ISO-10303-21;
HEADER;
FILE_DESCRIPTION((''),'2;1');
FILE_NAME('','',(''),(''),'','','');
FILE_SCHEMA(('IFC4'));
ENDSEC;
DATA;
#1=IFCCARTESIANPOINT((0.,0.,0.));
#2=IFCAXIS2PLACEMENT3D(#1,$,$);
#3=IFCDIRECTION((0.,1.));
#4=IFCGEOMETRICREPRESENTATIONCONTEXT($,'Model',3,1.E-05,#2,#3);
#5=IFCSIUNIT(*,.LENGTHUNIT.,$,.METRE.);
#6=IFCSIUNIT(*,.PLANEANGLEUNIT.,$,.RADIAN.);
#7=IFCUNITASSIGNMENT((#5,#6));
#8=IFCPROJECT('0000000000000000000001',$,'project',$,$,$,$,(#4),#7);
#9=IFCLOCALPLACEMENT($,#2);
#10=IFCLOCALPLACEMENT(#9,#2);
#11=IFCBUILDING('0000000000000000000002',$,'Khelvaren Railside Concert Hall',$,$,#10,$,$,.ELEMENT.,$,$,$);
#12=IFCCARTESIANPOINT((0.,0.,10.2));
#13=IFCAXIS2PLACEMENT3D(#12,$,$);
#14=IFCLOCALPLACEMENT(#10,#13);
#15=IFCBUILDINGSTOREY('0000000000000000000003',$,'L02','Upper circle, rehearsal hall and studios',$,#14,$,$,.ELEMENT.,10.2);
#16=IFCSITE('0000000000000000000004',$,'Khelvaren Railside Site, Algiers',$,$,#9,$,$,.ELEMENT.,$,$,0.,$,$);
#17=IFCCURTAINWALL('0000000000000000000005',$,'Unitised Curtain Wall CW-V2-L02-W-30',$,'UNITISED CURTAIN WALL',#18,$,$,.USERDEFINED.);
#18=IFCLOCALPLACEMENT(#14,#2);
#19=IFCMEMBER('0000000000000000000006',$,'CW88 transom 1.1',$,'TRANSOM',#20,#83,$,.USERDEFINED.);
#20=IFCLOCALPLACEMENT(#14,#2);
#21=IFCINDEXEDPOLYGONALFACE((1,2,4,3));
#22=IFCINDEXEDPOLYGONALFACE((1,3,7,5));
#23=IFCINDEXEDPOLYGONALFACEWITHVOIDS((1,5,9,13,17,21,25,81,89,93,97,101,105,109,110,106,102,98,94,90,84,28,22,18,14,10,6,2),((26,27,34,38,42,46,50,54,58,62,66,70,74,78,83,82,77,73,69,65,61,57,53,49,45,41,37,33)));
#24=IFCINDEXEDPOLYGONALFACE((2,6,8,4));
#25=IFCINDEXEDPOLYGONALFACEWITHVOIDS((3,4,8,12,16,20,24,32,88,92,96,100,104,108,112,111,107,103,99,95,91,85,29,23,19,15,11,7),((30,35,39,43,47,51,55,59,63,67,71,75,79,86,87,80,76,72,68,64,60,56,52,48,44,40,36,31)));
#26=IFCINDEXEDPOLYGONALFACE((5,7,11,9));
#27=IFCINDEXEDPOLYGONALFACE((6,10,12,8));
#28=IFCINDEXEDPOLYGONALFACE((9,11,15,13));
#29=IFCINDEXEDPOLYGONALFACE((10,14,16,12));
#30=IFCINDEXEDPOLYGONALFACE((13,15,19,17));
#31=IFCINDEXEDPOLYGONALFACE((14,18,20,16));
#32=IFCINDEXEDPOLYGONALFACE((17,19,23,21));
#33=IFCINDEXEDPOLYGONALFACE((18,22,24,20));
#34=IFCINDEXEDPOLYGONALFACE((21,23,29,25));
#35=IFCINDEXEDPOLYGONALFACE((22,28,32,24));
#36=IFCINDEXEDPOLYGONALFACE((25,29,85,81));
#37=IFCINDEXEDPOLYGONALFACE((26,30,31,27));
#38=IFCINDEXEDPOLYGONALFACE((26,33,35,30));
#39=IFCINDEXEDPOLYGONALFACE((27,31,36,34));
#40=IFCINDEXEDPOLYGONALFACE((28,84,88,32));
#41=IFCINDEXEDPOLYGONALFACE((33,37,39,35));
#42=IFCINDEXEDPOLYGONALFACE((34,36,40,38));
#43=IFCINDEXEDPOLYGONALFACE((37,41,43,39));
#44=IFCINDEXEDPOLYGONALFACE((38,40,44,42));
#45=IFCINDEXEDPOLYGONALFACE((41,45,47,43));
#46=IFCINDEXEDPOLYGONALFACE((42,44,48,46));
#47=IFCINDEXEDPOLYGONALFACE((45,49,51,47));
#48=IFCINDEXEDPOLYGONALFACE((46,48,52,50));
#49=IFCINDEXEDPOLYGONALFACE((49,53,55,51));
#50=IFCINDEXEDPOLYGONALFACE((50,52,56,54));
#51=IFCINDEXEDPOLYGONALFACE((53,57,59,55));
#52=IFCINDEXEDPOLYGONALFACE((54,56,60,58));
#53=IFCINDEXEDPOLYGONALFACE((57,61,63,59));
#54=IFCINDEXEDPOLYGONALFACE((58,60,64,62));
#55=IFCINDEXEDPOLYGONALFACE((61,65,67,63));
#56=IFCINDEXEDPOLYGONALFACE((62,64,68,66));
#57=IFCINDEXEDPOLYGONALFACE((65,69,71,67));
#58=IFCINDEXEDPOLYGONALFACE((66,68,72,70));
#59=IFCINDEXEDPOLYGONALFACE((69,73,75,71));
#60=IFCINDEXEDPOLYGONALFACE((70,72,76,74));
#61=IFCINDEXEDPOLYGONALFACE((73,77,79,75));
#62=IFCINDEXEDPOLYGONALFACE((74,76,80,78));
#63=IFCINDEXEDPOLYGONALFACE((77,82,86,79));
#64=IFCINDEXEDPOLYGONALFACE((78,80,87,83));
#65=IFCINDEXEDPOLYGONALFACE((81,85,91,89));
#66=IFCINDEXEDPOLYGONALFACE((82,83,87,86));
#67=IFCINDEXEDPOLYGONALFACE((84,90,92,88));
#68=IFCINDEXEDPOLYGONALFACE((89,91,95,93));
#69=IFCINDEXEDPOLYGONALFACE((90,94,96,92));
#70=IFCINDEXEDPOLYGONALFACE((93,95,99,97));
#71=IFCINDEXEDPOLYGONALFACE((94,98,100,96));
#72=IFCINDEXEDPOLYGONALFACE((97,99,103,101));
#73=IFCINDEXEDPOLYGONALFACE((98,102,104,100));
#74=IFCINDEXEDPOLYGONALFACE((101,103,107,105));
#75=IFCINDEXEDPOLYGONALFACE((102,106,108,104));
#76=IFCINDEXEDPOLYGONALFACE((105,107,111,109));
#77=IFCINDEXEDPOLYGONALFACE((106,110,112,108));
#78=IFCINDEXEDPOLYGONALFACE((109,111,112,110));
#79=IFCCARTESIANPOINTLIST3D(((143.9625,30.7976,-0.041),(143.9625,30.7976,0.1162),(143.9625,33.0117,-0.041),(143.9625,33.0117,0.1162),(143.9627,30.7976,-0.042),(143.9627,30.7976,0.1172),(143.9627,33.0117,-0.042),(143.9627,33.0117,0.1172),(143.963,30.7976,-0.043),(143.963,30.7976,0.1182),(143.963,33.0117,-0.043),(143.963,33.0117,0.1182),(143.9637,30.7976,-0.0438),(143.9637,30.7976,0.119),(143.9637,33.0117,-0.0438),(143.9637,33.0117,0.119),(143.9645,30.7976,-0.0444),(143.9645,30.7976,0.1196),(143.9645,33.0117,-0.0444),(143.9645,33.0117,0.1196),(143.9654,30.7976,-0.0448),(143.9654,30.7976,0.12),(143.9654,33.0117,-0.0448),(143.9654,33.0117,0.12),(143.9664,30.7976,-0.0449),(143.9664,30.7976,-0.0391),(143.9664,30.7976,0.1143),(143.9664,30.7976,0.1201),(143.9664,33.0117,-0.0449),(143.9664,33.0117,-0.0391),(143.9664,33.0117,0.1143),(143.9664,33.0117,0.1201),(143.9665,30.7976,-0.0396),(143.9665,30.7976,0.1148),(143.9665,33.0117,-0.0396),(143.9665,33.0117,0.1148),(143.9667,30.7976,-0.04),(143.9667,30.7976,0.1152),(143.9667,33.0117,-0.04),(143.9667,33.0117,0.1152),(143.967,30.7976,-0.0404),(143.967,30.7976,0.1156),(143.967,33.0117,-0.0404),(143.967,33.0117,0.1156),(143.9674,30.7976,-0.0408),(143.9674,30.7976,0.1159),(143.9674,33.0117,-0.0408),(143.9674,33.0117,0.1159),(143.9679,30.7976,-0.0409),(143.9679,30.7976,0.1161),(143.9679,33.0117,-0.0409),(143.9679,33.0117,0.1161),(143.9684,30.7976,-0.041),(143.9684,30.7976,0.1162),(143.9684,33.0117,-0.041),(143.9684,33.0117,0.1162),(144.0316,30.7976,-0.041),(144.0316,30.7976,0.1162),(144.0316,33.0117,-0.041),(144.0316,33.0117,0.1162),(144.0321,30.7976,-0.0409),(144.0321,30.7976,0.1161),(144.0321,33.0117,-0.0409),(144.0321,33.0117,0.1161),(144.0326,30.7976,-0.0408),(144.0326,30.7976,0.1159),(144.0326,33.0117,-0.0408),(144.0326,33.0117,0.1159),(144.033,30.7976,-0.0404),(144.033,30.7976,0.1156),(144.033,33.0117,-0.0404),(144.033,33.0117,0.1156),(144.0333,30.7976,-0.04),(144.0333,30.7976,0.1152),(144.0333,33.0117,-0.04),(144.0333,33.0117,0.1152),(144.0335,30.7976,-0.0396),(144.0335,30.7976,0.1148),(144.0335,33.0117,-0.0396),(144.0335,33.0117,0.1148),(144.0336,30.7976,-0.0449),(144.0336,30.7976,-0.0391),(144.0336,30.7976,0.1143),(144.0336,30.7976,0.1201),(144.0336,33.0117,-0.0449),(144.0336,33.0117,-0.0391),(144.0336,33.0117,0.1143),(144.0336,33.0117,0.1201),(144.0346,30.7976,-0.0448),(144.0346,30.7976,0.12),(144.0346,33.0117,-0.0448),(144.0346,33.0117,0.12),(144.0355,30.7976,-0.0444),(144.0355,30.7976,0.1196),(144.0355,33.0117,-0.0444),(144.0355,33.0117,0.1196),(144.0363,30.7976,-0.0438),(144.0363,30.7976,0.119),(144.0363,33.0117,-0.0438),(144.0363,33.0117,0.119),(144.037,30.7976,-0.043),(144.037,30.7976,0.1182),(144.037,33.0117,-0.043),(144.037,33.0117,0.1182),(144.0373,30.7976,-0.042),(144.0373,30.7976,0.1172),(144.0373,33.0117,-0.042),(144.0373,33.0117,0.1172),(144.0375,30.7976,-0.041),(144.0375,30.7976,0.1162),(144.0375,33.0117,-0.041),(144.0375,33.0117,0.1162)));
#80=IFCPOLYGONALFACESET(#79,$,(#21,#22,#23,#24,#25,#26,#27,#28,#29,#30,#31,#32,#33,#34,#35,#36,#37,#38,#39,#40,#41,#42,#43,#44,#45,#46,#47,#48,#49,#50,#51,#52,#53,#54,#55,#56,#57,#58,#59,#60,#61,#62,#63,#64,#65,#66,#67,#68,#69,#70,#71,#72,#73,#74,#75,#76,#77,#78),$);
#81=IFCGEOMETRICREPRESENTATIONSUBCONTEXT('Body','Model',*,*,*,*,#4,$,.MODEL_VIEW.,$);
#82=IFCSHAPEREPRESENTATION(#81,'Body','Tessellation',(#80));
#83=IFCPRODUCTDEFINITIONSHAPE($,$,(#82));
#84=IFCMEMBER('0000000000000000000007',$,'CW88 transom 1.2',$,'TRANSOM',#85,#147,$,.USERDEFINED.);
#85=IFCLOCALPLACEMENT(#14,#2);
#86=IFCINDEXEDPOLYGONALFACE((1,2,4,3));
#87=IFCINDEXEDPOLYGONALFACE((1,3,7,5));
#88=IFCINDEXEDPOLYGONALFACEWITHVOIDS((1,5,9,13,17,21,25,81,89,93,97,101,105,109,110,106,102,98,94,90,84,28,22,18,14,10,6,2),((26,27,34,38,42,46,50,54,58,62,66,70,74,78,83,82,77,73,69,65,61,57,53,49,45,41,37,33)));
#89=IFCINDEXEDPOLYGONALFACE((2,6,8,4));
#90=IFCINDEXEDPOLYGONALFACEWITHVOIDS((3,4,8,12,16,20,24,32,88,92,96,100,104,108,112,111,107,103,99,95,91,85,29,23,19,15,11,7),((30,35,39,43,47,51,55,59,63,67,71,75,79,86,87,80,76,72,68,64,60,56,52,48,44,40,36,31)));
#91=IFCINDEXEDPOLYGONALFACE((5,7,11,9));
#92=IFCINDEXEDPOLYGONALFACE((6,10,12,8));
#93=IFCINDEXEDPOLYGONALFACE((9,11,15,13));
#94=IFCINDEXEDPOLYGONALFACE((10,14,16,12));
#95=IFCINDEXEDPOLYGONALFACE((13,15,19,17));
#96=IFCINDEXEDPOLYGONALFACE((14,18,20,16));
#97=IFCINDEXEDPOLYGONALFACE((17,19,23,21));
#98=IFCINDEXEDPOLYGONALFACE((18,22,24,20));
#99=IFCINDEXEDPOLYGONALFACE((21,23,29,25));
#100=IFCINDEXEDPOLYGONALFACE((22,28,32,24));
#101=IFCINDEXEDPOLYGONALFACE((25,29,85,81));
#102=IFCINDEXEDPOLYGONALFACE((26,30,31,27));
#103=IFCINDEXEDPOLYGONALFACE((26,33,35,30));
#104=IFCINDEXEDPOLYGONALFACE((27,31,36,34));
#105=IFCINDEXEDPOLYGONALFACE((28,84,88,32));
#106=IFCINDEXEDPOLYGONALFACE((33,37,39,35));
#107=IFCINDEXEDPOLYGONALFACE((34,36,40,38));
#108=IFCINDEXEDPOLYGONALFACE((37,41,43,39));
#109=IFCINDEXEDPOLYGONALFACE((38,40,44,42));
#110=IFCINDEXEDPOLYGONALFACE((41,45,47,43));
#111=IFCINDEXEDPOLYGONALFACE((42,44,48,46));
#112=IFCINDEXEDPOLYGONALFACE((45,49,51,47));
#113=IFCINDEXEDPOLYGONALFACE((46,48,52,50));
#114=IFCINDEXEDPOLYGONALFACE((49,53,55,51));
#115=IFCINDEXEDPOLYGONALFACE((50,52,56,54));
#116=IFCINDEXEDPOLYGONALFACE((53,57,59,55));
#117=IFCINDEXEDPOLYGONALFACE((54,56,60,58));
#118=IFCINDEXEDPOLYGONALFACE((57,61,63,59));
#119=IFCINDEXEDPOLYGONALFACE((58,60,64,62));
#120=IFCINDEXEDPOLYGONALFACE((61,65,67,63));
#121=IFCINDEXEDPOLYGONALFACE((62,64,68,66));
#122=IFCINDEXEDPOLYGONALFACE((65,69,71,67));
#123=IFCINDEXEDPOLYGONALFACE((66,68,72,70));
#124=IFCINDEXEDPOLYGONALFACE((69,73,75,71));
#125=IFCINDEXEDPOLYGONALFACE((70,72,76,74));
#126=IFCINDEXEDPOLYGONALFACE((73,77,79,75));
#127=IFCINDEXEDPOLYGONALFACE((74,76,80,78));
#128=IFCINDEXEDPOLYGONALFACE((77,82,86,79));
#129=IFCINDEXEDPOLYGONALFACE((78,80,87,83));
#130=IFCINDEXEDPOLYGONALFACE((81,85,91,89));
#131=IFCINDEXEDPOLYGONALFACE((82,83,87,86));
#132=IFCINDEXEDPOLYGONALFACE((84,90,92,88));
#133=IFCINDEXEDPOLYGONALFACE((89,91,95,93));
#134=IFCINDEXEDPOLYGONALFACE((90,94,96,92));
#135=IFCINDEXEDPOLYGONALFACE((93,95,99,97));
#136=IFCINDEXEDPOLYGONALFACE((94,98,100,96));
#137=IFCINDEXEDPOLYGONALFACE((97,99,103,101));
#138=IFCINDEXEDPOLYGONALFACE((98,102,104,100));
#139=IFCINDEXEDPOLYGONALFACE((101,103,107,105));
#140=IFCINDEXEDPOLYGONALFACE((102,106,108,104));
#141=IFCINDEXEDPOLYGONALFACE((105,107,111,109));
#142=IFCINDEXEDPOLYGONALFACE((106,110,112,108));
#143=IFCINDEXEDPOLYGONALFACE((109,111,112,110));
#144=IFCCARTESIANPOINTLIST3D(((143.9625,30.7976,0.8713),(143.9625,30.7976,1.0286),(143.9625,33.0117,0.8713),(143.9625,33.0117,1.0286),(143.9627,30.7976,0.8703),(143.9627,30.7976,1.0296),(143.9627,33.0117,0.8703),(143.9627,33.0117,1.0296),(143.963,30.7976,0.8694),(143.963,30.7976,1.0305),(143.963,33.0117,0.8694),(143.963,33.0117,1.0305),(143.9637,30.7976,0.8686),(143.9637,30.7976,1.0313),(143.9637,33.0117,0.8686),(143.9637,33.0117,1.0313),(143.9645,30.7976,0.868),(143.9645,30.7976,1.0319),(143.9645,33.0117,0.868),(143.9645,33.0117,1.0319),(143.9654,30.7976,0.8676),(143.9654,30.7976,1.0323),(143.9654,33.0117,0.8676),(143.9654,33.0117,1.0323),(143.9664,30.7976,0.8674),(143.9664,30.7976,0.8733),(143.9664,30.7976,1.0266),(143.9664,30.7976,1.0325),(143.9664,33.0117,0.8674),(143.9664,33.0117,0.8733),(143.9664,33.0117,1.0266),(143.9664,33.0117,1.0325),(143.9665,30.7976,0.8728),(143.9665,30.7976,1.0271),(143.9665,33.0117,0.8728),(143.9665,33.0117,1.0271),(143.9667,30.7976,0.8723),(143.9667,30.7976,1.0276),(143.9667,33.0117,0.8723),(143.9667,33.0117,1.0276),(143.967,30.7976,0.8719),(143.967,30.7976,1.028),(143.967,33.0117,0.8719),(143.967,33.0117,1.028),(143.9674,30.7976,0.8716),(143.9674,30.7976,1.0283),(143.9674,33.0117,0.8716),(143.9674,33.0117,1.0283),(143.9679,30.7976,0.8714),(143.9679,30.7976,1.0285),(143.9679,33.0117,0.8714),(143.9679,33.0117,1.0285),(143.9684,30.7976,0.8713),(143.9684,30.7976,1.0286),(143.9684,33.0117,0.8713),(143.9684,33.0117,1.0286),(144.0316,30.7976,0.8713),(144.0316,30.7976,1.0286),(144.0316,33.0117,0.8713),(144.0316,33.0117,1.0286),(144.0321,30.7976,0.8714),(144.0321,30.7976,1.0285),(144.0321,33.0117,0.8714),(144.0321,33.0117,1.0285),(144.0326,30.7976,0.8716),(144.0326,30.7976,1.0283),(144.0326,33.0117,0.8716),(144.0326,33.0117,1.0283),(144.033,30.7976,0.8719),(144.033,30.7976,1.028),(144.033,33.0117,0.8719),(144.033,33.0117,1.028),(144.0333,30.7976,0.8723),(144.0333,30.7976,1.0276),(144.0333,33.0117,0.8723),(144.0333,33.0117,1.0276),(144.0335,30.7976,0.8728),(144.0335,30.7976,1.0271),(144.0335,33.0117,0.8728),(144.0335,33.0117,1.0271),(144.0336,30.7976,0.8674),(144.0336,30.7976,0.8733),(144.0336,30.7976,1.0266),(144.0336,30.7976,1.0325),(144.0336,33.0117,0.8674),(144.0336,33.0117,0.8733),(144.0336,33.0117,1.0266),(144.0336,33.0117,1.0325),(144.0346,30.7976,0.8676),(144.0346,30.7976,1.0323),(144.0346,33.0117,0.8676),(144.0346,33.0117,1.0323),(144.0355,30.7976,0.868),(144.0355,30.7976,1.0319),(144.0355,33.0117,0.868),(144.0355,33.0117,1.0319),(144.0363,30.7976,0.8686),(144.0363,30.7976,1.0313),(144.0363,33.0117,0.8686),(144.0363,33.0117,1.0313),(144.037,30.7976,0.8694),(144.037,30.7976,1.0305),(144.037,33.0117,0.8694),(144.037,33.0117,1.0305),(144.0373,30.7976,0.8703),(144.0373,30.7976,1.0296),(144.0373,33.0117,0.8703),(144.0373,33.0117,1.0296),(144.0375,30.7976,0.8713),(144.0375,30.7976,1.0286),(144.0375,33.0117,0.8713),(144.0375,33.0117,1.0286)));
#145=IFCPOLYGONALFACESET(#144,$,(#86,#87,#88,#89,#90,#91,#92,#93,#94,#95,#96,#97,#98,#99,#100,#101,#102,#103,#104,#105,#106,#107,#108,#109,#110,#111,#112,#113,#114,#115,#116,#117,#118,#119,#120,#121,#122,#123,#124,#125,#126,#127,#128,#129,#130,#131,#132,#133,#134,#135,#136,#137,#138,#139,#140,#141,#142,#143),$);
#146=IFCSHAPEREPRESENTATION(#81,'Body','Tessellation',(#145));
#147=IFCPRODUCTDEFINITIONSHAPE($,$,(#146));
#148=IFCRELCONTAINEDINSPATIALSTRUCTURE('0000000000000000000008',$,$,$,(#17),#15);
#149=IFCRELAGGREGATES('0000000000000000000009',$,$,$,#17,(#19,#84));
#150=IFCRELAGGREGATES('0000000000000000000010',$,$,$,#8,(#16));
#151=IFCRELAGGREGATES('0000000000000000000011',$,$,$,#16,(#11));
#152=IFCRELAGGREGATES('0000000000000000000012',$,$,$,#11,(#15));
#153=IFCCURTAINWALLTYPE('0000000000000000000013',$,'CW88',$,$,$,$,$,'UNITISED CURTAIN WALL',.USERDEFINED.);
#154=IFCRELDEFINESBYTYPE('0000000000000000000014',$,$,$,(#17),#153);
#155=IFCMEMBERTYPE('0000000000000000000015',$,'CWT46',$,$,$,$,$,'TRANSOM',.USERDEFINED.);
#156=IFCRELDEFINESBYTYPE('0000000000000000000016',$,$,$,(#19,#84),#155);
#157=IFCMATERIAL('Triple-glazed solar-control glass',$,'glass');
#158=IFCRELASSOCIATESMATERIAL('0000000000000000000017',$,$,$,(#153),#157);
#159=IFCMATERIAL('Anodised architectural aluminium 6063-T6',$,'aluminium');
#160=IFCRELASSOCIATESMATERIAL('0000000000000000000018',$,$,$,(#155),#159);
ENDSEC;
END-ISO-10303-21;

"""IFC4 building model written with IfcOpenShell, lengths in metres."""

from ifc_helpers import new_model, si_unit, direction, frame, origin, origin_2d, place, context, subcontext, project, spatial, hollow_rectangle, extrude, material, material_profile, profile_set, type_object, element, aggregate, save


model = new_model("IFC4")

# Units and contexts
model_context = context("Model", 3, precision=1e-05, world=origin(), true_north=direction((0.0, 1.0)))
body_context = subcontext(model_context, "Body", "Model", "MODEL_VIEW")
ifc_project = project(units=[si_unit("LENGTHUNIT", "METRE"), si_unit("PLANEANGLEUNIT", "RADIAN")], contexts=[model_context])

# Site, building, storey
site_placement = place(None, origin())
site = spatial("IfcSite", under=ifc_project, at=site_placement, Name="Khelvaren Railside Site, Algiers", CompositionType="ELEMENT", RefElevation=0.0)
building_placement = place(site_placement, origin())
building = spatial("IfcBuilding", under=site, at=building_placement, Name="Khelvaren Railside Concert Hall", CompositionType="ELEMENT")
storey_placement = place(building_placement, frame((0.0, 0.0, 10.2)))
storey = spatial("IfcBuildingStorey", under=building, at=storey_placement, Name="L02", Description="Upper circle, rehearsal hall and studios", CompositionType="ELEMENT", Elevation=10.2)

# Curtain wall
ifc_material_1 = material(Name="Triple-glazed solar-control glass", Category="glass")
curtain_wall_type_1 = type_object("IfcCurtainWallType", Name="CW88", ElementType="UNITISED CURTAIN WALL", PredefinedType="USERDEFINED", material=ifc_material_1)
curtain_wall_1_placement = place(storey_placement, origin())
curtain_wall_1 = element("IfcCurtainWall", 1, at=curtain_wall_1_placement, inside=storey, type_object=curtain_wall_type_1, Name="Unitised Curtain Wall CW-V2-L02-W-30", ObjectType="UNITISED CURTAIN WALL", PredefinedType="USERDEFINED")
ifc_material_2 = material(Name="Anodised architectural aluminium 6063-T6", Category="aluminium")

# Members
ifc_material_profile_1 = material_profile(ifc_material_2, hollow_rectangle(XDim=0.075, YDim=0.165, WallThickness=0.0039, InnerFilletRadius=0.002, OuterFilletRadius=0.0039, at=origin_2d()), Name="CWT 75x165x4")
ifc_profile_set_1 = profile_set([ifc_material_profile_1], Name="Anodised architectural aluminium 6063-T6")
member_type_1 = type_object("IfcMemberType", Name="CWT46", ElementType="TRANSOM", PredefinedType="USERDEFINED", material=ifc_profile_set_1)
member_1_placement = place(storey_placement, frame((144.0, 30.7976, 0.0376), z_axis=(0.0, 1.0, 0.0), x_axis=(-1.0, 0.0, 0.0)))
member_1 = element("IfcMember", 2, at=member_1_placement, type_object=member_type_1, Name="CW88 transom 1.1", ObjectType="TRANSOM", PredefinedType="USERDEFINED", context=body_context, shape_type="SweptSolid", body=[
    extrude(hollow_rectangle(XDim=0.075, YDim=0.165, WallThickness=0.0039, InnerFilletRadius=0.002, OuterFilletRadius=0.0039, at=origin_2d()), origin(), (0.0, 0.0, 1.0), 2.2141),
])
member_2_placement = place(storey_placement, frame((144.0, 30.7976, 0.95), z_axis=(0.0, 1.0, 0.0), x_axis=(-1.0, 0.0, 0.0)))
member_2 = element("IfcMember", 3, at=member_2_placement, type_object=member_type_1, Name="CW88 transom 1.2", ObjectType="TRANSOM", PredefinedType="USERDEFINED", context=body_context, shape_type="SweptSolid", body=[
    extrude(hollow_rectangle(XDim=0.075, YDim=0.165, WallThickness=0.0039, InnerFilletRadius=0.002, OuterFilletRadius=0.0039, at=origin_2d()), origin(), (0.0, 0.0, 1.0), 2.2141),
])

aggregate(curtain_wall_1, [member_1, member_2])

save(model, "model.ifc")
